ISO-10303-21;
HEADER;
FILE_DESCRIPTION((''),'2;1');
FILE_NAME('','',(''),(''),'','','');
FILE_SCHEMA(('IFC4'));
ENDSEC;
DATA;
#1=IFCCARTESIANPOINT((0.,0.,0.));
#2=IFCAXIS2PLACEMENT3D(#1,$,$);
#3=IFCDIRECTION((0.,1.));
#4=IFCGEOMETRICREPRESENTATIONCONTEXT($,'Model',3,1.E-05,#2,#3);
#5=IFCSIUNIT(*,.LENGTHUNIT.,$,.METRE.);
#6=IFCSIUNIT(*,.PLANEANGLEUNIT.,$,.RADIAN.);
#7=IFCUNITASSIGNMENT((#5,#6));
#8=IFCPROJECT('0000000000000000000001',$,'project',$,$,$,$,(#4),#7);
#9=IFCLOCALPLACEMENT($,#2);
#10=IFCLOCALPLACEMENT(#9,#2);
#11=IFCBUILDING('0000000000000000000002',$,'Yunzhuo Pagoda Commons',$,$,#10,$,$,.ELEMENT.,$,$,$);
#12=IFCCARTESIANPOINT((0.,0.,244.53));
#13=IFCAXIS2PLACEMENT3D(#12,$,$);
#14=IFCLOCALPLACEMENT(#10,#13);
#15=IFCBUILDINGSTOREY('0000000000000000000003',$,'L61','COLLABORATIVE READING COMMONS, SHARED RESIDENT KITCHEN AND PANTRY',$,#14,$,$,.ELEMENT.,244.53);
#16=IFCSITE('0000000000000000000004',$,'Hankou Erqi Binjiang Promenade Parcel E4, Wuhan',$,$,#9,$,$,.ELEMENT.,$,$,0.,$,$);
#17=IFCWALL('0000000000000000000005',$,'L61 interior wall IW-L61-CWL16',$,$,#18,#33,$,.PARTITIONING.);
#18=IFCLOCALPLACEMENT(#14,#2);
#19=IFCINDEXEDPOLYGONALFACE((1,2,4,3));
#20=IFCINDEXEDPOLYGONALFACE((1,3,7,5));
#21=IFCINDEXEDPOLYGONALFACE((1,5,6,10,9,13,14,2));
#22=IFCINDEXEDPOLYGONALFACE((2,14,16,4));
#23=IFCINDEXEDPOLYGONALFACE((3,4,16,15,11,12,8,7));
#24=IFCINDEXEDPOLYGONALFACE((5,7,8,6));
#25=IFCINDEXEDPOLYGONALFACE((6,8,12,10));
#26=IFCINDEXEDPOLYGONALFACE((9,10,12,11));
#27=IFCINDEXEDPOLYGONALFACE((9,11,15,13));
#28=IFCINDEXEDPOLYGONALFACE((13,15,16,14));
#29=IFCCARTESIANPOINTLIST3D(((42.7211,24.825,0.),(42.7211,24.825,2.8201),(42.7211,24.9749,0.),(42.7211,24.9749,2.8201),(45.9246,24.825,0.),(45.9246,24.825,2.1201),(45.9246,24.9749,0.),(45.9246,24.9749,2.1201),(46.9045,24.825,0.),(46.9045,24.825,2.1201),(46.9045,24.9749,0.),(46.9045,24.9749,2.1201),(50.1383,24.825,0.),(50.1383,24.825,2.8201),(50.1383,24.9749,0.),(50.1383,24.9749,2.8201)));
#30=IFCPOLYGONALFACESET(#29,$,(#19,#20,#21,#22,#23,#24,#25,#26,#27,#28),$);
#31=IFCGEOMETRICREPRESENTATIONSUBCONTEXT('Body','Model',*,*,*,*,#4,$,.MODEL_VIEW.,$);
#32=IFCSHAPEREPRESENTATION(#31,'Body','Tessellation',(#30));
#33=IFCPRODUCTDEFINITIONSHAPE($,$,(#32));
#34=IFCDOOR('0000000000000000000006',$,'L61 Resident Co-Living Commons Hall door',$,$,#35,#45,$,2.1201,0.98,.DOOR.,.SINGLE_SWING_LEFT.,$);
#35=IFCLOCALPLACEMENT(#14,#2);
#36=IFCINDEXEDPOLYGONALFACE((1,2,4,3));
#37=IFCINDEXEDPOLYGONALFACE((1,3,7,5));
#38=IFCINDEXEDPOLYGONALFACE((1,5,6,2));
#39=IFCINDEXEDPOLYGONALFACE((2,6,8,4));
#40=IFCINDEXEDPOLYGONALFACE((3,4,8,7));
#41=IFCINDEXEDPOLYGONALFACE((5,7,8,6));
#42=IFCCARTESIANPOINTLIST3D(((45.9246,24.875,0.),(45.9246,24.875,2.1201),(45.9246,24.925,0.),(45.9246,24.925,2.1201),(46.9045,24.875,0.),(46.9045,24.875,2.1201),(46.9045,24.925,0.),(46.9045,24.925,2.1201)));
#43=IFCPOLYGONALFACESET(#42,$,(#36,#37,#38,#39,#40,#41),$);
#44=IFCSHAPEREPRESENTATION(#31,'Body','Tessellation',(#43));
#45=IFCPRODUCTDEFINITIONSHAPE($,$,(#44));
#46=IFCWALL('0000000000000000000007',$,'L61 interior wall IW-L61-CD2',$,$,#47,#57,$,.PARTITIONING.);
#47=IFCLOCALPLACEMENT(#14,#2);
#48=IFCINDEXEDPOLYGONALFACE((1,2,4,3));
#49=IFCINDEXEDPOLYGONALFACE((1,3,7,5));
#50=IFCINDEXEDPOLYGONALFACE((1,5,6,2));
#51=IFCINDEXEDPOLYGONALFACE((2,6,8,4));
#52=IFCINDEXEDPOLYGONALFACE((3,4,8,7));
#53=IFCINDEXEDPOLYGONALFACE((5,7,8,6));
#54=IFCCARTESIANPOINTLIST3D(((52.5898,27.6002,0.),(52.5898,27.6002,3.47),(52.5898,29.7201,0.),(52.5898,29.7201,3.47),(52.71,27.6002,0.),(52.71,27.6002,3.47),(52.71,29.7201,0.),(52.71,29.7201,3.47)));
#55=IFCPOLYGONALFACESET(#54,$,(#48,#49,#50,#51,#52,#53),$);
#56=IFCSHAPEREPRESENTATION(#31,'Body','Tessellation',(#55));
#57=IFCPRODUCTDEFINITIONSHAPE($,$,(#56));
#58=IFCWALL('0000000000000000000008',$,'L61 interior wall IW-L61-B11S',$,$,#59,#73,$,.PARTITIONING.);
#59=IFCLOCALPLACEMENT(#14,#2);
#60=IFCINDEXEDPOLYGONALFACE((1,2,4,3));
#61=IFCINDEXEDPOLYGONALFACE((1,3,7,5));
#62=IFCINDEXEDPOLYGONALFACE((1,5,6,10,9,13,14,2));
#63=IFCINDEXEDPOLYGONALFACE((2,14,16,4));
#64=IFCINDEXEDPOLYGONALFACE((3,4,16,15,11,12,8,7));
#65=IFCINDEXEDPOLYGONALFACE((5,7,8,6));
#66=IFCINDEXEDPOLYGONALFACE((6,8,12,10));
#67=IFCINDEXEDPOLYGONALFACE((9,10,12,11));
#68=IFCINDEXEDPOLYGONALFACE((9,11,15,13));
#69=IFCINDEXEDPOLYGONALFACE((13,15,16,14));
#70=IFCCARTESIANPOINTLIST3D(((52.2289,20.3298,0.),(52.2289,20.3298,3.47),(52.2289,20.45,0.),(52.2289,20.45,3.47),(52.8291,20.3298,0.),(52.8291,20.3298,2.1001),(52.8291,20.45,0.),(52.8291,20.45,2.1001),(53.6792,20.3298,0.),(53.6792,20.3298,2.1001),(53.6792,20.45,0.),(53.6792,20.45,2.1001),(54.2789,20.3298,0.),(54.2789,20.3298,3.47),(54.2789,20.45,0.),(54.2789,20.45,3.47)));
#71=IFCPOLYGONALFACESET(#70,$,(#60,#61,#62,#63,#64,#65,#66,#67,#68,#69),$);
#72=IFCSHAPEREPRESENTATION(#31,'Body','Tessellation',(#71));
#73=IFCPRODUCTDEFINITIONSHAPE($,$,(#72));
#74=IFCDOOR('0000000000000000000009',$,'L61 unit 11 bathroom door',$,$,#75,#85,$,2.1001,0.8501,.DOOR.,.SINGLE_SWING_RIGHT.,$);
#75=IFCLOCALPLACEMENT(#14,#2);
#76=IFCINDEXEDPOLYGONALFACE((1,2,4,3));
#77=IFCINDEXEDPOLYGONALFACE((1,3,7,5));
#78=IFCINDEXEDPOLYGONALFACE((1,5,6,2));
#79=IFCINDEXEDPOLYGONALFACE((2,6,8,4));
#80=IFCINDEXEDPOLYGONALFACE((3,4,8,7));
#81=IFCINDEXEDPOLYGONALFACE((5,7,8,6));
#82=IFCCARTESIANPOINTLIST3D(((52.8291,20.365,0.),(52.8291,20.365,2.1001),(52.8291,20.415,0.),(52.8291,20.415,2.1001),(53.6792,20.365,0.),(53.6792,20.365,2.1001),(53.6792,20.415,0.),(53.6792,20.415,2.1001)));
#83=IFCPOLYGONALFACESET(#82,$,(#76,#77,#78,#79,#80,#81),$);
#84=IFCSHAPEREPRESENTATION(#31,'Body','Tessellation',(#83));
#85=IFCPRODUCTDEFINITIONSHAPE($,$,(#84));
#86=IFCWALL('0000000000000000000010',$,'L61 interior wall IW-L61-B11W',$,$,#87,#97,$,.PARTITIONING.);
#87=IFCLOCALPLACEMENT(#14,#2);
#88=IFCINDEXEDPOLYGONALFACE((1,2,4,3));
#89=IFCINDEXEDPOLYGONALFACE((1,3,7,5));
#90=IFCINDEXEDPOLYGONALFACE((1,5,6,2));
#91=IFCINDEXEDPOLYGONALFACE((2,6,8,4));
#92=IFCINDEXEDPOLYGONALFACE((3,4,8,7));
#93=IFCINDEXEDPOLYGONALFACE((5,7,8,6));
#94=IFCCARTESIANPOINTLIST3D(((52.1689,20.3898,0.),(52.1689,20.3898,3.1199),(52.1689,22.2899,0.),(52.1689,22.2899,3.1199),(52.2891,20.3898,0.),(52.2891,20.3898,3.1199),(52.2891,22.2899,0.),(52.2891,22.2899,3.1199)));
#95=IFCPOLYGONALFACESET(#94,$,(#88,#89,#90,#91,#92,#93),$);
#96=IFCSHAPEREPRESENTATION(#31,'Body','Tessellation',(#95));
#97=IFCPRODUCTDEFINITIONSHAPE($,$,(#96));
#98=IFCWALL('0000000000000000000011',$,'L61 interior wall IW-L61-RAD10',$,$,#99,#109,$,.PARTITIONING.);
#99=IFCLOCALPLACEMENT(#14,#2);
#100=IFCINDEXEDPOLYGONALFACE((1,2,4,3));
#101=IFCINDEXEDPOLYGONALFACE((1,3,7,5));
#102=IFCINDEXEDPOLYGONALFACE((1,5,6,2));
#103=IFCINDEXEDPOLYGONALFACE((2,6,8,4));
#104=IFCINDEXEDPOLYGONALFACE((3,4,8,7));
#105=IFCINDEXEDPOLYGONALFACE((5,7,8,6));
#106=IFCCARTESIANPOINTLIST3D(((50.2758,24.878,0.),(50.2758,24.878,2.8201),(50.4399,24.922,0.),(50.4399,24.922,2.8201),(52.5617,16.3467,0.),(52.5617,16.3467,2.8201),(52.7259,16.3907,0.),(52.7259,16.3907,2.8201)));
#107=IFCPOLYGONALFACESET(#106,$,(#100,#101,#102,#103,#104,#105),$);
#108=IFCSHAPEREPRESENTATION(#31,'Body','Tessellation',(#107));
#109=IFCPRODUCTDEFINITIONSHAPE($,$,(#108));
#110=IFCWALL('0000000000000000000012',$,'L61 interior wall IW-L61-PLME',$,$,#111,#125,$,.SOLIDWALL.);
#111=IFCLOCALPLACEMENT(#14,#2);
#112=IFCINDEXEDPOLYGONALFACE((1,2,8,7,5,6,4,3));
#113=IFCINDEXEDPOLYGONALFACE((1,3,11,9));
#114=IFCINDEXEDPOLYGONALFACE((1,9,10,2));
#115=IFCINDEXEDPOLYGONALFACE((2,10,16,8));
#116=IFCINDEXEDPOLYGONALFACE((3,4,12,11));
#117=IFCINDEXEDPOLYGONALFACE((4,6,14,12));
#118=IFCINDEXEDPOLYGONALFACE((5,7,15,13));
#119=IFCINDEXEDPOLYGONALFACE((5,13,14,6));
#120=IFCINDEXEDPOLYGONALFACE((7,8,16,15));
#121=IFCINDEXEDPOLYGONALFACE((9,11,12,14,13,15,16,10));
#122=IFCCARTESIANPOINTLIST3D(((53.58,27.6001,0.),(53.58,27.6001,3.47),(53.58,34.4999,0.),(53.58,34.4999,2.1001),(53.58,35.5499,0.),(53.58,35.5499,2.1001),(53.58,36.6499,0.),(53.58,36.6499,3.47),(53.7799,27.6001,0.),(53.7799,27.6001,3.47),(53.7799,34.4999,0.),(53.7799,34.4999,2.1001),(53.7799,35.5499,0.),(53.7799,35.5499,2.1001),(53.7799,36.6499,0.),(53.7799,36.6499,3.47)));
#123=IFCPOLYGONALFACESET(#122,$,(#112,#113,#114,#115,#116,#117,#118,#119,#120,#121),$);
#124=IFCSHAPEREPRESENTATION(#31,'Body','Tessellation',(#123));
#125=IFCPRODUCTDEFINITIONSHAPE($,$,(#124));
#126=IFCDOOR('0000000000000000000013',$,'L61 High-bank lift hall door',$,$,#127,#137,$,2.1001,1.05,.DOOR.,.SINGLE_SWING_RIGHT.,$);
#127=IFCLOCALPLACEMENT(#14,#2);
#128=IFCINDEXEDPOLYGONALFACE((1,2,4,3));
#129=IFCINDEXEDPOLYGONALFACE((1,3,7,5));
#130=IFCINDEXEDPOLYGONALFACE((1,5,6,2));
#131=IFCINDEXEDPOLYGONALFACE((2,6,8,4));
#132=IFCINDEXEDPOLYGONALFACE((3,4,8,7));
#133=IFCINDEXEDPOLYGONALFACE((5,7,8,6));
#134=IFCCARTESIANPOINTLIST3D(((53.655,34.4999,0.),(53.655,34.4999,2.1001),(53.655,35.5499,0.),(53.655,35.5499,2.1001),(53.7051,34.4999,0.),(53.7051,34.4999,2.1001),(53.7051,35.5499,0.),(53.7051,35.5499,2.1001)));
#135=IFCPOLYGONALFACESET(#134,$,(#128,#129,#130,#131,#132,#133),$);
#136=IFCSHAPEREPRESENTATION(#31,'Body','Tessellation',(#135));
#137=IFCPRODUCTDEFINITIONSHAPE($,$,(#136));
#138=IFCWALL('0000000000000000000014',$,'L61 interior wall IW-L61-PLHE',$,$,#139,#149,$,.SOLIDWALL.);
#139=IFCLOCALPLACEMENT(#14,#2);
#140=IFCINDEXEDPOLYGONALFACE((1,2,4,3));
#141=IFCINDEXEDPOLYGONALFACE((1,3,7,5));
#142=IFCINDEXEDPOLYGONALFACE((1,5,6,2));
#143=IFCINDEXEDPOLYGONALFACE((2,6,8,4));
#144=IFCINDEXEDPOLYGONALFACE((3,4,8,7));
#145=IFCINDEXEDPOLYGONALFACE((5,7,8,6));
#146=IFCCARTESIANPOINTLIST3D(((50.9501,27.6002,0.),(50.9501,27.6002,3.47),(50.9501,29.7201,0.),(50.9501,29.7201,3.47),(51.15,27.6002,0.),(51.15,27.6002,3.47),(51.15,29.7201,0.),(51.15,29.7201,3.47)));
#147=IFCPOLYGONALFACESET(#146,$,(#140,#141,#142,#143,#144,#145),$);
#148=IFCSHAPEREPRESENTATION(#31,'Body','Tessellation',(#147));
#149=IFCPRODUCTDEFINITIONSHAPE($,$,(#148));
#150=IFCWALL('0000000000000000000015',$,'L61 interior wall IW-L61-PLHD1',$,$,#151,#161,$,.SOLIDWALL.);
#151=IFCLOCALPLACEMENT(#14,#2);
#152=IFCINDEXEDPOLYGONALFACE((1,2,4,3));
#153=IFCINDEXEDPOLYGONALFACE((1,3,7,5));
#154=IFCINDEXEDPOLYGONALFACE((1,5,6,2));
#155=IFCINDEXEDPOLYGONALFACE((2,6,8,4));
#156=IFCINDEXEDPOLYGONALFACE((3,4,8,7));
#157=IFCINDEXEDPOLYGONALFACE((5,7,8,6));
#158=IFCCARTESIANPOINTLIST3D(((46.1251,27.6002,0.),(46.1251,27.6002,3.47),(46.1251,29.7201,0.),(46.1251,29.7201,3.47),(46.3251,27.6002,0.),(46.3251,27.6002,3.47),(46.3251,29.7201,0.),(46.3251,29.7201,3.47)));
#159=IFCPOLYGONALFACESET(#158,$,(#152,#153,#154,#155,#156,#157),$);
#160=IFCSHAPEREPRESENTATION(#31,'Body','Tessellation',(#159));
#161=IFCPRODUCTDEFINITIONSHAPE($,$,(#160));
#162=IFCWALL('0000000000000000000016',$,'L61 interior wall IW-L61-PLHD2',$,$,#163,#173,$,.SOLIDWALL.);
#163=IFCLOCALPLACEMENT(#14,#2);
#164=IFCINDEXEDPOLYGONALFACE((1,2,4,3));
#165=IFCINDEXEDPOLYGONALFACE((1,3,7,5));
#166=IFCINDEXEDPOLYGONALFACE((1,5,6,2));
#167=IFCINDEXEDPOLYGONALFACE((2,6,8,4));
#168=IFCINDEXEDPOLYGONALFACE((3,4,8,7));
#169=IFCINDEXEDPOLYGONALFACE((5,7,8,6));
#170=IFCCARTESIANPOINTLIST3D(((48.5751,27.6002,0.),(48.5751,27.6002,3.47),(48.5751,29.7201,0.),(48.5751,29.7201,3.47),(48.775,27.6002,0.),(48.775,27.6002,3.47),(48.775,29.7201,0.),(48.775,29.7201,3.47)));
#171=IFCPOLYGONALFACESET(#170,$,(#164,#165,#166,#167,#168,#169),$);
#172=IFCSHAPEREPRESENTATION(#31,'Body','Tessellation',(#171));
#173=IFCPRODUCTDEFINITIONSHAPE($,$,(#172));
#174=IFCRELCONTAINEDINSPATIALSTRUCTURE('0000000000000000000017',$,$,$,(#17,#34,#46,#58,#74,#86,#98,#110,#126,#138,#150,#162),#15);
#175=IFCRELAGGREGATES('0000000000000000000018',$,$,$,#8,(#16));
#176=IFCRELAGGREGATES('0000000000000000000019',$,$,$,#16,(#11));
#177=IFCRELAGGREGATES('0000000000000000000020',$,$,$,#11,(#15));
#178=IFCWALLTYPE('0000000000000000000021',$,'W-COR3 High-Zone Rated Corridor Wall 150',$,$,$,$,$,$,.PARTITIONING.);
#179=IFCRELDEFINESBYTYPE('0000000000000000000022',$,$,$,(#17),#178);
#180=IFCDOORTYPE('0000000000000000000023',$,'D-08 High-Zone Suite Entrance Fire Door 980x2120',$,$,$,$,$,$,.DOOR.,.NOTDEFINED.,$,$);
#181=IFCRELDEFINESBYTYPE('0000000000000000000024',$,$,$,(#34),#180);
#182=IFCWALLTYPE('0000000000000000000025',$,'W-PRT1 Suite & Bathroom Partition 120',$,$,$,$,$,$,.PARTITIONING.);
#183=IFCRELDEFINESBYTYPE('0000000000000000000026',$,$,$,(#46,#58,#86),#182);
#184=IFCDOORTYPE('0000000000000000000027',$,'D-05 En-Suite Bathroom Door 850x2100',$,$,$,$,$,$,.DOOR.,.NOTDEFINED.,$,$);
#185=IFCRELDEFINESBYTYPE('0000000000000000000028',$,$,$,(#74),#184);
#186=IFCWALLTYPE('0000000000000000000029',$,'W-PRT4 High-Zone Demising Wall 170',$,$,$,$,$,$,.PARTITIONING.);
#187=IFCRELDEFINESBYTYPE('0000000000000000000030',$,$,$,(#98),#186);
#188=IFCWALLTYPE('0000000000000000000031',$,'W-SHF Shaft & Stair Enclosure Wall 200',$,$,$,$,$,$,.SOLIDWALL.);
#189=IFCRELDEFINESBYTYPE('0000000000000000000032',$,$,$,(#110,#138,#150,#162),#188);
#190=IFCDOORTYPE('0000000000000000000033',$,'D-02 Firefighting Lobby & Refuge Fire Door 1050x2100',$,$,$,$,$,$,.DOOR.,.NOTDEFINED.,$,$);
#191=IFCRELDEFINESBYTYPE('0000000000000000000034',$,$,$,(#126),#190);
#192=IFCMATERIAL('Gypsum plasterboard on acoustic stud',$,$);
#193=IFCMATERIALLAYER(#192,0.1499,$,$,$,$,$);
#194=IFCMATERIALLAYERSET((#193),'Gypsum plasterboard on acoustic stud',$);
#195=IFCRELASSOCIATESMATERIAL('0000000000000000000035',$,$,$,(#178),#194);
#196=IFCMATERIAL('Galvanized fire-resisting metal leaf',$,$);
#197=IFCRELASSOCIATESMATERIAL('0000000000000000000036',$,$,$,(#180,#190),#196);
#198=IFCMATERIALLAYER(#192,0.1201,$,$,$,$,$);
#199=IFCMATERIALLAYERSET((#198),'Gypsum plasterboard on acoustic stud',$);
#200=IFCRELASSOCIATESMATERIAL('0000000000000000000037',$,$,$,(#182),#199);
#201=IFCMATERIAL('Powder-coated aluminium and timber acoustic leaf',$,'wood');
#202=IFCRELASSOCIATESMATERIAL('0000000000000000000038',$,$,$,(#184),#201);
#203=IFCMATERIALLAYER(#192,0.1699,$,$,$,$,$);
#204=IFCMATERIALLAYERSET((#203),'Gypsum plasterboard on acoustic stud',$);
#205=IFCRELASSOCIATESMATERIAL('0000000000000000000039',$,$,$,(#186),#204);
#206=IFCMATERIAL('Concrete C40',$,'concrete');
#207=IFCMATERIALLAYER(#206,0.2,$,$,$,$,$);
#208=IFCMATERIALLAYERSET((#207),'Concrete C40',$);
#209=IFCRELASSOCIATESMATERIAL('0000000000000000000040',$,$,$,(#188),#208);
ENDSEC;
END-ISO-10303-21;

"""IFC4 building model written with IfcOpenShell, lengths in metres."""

from ifc_helpers import new_model, si_unit, direction, frame, frame_2d, origin, origin_with_axes, place, context, subcontext, project, spatial, rectangle, extrude, source, transform, mapped, material, layer, layer_set, type_object, element, fill, save


model = new_model("IFC4")

# Units and contexts
model_context = context("Model", 3, precision=1e-05, world=origin(), true_north=direction((0.0, 1.0)))
body_context = subcontext(model_context, "Body", "Model", "MODEL_VIEW")
ifc_project = project(units=[si_unit("LENGTHUNIT", "METRE"), si_unit("PLANEANGLEUNIT", "RADIAN")], contexts=[model_context])

# Site, building, storey
site_placement = place(None, origin())
site = spatial("IfcSite", under=ifc_project, at=site_placement, Name="Hankou Erqi Binjiang Promenade Parcel E4, Wuhan", CompositionType="ELEMENT", RefElevation=0.0)
building_placement = place(site_placement, origin())
building = spatial("IfcBuilding", under=site, at=building_placement, Name="Yunzhuo Pagoda Commons", CompositionType="ELEMENT")
storey_placement = place(building_placement, frame((0.0, 0.0, 244.53)))
storey = spatial("IfcBuildingStorey", under=building, at=storey_placement, Name="L61", Description="COLLABORATIVE READING COMMONS, SHARED RESIDENT KITCHEN AND PANTRY", CompositionType="ELEMENT", Elevation=244.53)

# Shared definitions
ifc_material_1 = material(Name="Gypsum plasterboard on acoustic stud")
ifc_layer_1 = layer(ifc_material_1, 0.1499)
ifc_layer_set_1 = layer_set([ifc_layer_1], Name="Gypsum plasterboard on acoustic stud")
wall_type_1 = type_object("IfcWallType", Name="W-COR3 High-Zone Rated Corridor Wall 150", PredefinedType="PARTITIONING", material=ifc_layer_set_1)
ifc_material_2 = material(Name="Galvanized fire-resisting metal leaf")

# Wall, opening, door
wall_1_placement = place(storey_placement, frame((50.1382, 24.8999, 0.0), z_axis=(0.0, 0.0, 1.0), x_axis=(-1.0, 0.0, 0.0)))
wall_1 = element("IfcWall", 1, at=wall_1_placement, inside=storey, type_object=wall_type_1, Name="L61 interior wall IW-L61-CWL16", PredefinedType="PARTITIONING", context=body_context, shape_type="SweptSolid", body=[
    extrude(rectangle(XDim=7.4172, YDim=0.1499, at=frame_2d((3.7085, 0.0))), origin(), (0.0, 0.0, 1.0), 2.8201),
])
opening_1_placement = place(wall_1_placement, frame((3.2336, 0.0, 0.0)))
opening_1 = element("IfcOpeningElement", 2, at=opening_1_placement, cuts=wall_1, PredefinedType="OPENING", context=body_context, shape_type="SweptSolid", body=[
    extrude(rectangle(XDim=0.98, YDim=2.1201, at=frame_2d((0.49, 1.0601))), frame((0.0, 0.085, 0.0), z_axis=(0.0, -1.0, 0.0), x_axis=(1.0, 0.0, 0.0)), (0.0, 0.0, 1.0), 0.1699),
])
door_type_1 = type_object("IfcDoorType", Name="D-08 High-Zone Suite Entrance Fire Door 980x2120", OperationType="NOTDEFINED", PredefinedType="DOOR", material=ifc_material_2)
shared_shape_1 = source(origin(), body_context, "Body", "SweptSolid", [
    extrude(rectangle(XDim=0.98, YDim=2.1201, at=frame_2d((0.49, 1.0601))), frame((0.0, 0.0249, 0.0), z_axis=(0.0, -1.0, 0.0), x_axis=(1.0, 0.0, 0.0)), (0.0, 0.0, 1.0), 0.05),
])
door_1_placement = place(opening_1_placement, origin_with_axes())
door_1 = element("IfcDoor", 3, at=door_1_placement, inside=storey, type_object=door_type_1, Name="L61 Resident Co-Living Commons Hall door", OperationType="SINGLE_SWING_LEFT", OverallHeight=2.1201, OverallWidth=0.98, PredefinedType="DOOR", context=body_context, shape_type="MappedRepresentation", body=[
    mapped(shared_shape_1, transform((0.0, 0.0, 0.0), scale=1.0)),
])
fill(opening_1, door_1)

# Wall
ifc_layer_2 = layer(ifc_material_1, 0.1201)
ifc_layer_set_2 = layer_set([ifc_layer_2], Name="Gypsum plasterboard on acoustic stud")
wall_type_2 = type_object("IfcWallType", Name="W-PRT1 Suite & Bathroom Partition 120", PredefinedType="PARTITIONING", material=ifc_layer_set_2)
wall_2_placement = place(storey_placement, frame((52.6499, 27.6001, 0.0), z_axis=(0.0, 0.0, 1.0), x_axis=(0.0, 1.0, 0.0)))
element("IfcWall", 4, at=wall_2_placement, inside=storey, type_object=wall_type_2, Name="L61 interior wall IW-L61-CD2", PredefinedType="PARTITIONING", context=body_context, shape_type="SweptSolid", body=[
    extrude(rectangle(XDim=2.1199, YDim=0.1201, at=frame_2d((1.0601, 0.0))), origin(), (0.0, 0.0, 1.0), 3.47),
])

# Wall, opening, door
wall_3_placement = place(storey_placement, frame((52.229, 20.3899, 0.0), z_axis=(0.0, 0.0, 1.0), x_axis=(1.0, 0.0, 0.0)))
wall_3 = element("IfcWall", 5, at=wall_3_placement, inside=storey, type_object=wall_type_2, Name="L61 interior wall IW-L61-B11S", PredefinedType="PARTITIONING", context=body_context, shape_type="SweptSolid", body=[
    extrude(rectangle(XDim=2.05, YDim=0.1201, at=frame_2d((1.0249, 0.0))), origin(), (0.0, 0.0, 1.0), 3.47),
])
opening_2_placement = place(wall_3_placement, frame((0.6001, 0.0, 0.0)))
opening_2 = element("IfcOpeningElement", 6, at=opening_2_placement, cuts=wall_3, PredefinedType="OPENING", context=body_context, shape_type="SweptSolid", body=[
    extrude(rectangle(XDim=0.8501, YDim=2.1001, at=frame_2d((0.425, 1.05))), frame((0.0, 0.0701, 0.0), z_axis=(0.0, -1.0, 0.0), x_axis=(1.0, 0.0, 0.0)), (0.0, 0.0, 1.0), 0.1401),
])
ifc_material_3 = material(Name="Powder-coated aluminium and timber acoustic leaf", Category="wood")
door_type_2 = type_object("IfcDoorType", Name="D-05 En-Suite Bathroom Door 850x2100", OperationType="NOTDEFINED", PredefinedType="DOOR", material=ifc_material_3)
shared_shape_2 = source(origin(), body_context, "Body", "SweptSolid", [
    extrude(rectangle(XDim=0.8501, YDim=2.1001, at=frame_2d((0.425, 1.05))), frame((0.0, 0.0249, 0.0), z_axis=(0.0, -1.0, 0.0), x_axis=(1.0, 0.0, 0.0)), (0.0, 0.0, 1.0), 0.05),
])
door_2_placement = place(opening_2_placement, frame((0.8501, 0.0, 0.0), z_axis=(0.0, 0.0, 1.0), x_axis=(-1.0, 0.0, 0.0)))
door_2 = element("IfcDoor", 7, at=door_2_placement, inside=storey, type_object=door_type_2, Name="L61 unit 11 bathroom door", OperationType="SINGLE_SWING_RIGHT", OverallHeight=2.1001, OverallWidth=0.8501, PredefinedType="DOOR", context=body_context, shape_type="MappedRepresentation", body=[
    mapped(shared_shape_2, transform((0.0, 0.0, 0.0), scale=1.0)),
])
fill(opening_2, door_2)

# Walls
wall_4_placement = place(storey_placement, frame((52.229, 22.29, 0.0), z_axis=(0.0, 0.0, 1.0), x_axis=(0.0, -1.0, 0.0)))
element("IfcWall", 8, at=wall_4_placement, inside=storey, type_object=wall_type_2, Name="L61 interior wall IW-L61-B11W", PredefinedType="PARTITIONING", context=body_context, shape_type="SweptSolid", body=[
    extrude(rectangle(XDim=1.9001, YDim=0.1201, at=frame_2d((0.9502, 0.0))), origin(), (0.0, 0.0, 1.0), 3.1199),
])
ifc_layer_3 = layer(ifc_material_1, 0.1699)
ifc_layer_set_3 = layer_set([ifc_layer_3], Name="Gypsum plasterboard on acoustic stud")
wall_type_3 = type_object("IfcWallType", Name="W-PRT4 High-Zone Demising Wall 170", PredefinedType="PARTITIONING", material=ifc_layer_set_3)
wall_5_placement = place(storey_placement, frame((50.3579, 24.8999, 0.0), z_axis=(0.0, 0.0, 1.0), x_axis=(0.258813, -0.965927, 0.0)))
element("IfcWall", 9, at=wall_5_placement, inside=storey, type_object=wall_type_3, Name="L61 interior wall IW-L61-RAD10", PredefinedType="PARTITIONING", context=body_context, shape_type="SweptSolid", body=[
    extrude(rectangle(XDim=8.8323, YDim=0.1699, at=frame_2d((4.416, 0.0))), origin(), (0.0, 0.0, 1.0), 2.8201),
])

# Wall, opening, door
ifc_material_4 = material(Name="Concrete C40", Category="concrete")
ifc_layer_4 = layer(ifc_material_4, 0.2)
ifc_layer_set_4 = layer_set([ifc_layer_4], Name="Concrete C40")
wall_type_4 = type_object("IfcWallType", Name="W-SHF Shaft & Stair Enclosure Wall 200", PredefinedType="SOLIDWALL", material=ifc_layer_set_4)
wall_6_placement = place(storey_placement, frame((53.6799, 27.6001, 0.0), z_axis=(0.0, 0.0, 1.0), x_axis=(0.0, 1.0, 0.0)))
wall_6 = element("IfcWall", 10, at=wall_6_placement, inside=storey, type_object=wall_type_4, Name="L61 interior wall IW-L61-PLME", PredefinedType="SOLIDWALL", context=body_context, shape_type="SweptSolid", body=[
    extrude(rectangle(XDim=9.0498, YDim=0.2, at=frame_2d((4.5249, 0.0))), origin(), (0.0, 0.0, 1.0), 3.47),
])
opening_3_placement = place(wall_6_placement, frame((6.8999, 0.0, 0.0)))
opening_3 = element("IfcOpeningElement", 11, at=opening_3_placement, cuts=wall_6, PredefinedType="OPENING", context=body_context, shape_type="SweptSolid", body=[
    extrude(rectangle(XDim=1.05, YDim=2.1001, at=frame_2d((0.5249, 1.05))), frame((0.0, 0.1099, 0.0), z_axis=(0.0, -1.0, 0.0), x_axis=(1.0, 0.0, 0.0)), (0.0, 0.0, 1.0), 0.22),
])
door_type_3 = type_object("IfcDoorType", Name="D-02 Firefighting Lobby & Refuge Fire Door 1050x2100", OperationType="NOTDEFINED", PredefinedType="DOOR", material=ifc_material_2)
shared_shape_3 = source(origin(), body_context, "Body", "SweptSolid", [
    extrude(rectangle(XDim=1.05, YDim=2.1001, at=frame_2d((0.5249, 1.05))), frame((0.0, 0.0249, 0.0), z_axis=(0.0, -1.0, 0.0), x_axis=(1.0, 0.0, 0.0)), (0.0, 0.0, 1.0), 0.05),
])
door_3_placement = place(opening_3_placement, origin_with_axes())
door_3 = element("IfcDoor", 12, at=door_3_placement, inside=storey, type_object=door_type_3, Name="L61 High-bank lift hall door", OperationType="SINGLE_SWING_RIGHT", OverallHeight=2.1001, OverallWidth=1.05, PredefinedType="DOOR", context=body_context, shape_type="MappedRepresentation", body=[
    mapped(shared_shape_3, transform((0.0, 0.0, 0.0), scale=1.0)),
])
fill(opening_3, door_3)

# Walls
for number, where, z_axis, x_axis, name in (
    (13, (51.05, 27.6001, 0.0), (0.0, 0.0, 1.0), (0.0, 1.0, 0.0), "L61 interior wall IW-L61-PLHE"),
    (14, (46.2251, 27.6001, 0.0), (0.0, 0.0, 1.0), (0.0, 1.0, 0.0), "L61 interior wall IW-L61-PLHD1"),
    (15, (48.675, 27.6001, 0.0), (0.0, 0.0, 1.0), (0.0, 1.0, 0.0), "L61 interior wall IW-L61-PLHD2"),
):
    element("IfcWall", number, at=place(storey_placement, frame(where, z_axis=z_axis, x_axis=x_axis)), inside=storey, type_object=wall_type_4, Name=name, PredefinedType="SOLIDWALL", context=body_context, shape_type="SweptSolid", body=[
        extrude(rectangle(XDim=2.1199, YDim=0.2, at=frame_2d((1.0601, 0.0))), origin(), (0.0, 0.0, 1.0), 3.47),
    ])

save(model, "model.ifc")
